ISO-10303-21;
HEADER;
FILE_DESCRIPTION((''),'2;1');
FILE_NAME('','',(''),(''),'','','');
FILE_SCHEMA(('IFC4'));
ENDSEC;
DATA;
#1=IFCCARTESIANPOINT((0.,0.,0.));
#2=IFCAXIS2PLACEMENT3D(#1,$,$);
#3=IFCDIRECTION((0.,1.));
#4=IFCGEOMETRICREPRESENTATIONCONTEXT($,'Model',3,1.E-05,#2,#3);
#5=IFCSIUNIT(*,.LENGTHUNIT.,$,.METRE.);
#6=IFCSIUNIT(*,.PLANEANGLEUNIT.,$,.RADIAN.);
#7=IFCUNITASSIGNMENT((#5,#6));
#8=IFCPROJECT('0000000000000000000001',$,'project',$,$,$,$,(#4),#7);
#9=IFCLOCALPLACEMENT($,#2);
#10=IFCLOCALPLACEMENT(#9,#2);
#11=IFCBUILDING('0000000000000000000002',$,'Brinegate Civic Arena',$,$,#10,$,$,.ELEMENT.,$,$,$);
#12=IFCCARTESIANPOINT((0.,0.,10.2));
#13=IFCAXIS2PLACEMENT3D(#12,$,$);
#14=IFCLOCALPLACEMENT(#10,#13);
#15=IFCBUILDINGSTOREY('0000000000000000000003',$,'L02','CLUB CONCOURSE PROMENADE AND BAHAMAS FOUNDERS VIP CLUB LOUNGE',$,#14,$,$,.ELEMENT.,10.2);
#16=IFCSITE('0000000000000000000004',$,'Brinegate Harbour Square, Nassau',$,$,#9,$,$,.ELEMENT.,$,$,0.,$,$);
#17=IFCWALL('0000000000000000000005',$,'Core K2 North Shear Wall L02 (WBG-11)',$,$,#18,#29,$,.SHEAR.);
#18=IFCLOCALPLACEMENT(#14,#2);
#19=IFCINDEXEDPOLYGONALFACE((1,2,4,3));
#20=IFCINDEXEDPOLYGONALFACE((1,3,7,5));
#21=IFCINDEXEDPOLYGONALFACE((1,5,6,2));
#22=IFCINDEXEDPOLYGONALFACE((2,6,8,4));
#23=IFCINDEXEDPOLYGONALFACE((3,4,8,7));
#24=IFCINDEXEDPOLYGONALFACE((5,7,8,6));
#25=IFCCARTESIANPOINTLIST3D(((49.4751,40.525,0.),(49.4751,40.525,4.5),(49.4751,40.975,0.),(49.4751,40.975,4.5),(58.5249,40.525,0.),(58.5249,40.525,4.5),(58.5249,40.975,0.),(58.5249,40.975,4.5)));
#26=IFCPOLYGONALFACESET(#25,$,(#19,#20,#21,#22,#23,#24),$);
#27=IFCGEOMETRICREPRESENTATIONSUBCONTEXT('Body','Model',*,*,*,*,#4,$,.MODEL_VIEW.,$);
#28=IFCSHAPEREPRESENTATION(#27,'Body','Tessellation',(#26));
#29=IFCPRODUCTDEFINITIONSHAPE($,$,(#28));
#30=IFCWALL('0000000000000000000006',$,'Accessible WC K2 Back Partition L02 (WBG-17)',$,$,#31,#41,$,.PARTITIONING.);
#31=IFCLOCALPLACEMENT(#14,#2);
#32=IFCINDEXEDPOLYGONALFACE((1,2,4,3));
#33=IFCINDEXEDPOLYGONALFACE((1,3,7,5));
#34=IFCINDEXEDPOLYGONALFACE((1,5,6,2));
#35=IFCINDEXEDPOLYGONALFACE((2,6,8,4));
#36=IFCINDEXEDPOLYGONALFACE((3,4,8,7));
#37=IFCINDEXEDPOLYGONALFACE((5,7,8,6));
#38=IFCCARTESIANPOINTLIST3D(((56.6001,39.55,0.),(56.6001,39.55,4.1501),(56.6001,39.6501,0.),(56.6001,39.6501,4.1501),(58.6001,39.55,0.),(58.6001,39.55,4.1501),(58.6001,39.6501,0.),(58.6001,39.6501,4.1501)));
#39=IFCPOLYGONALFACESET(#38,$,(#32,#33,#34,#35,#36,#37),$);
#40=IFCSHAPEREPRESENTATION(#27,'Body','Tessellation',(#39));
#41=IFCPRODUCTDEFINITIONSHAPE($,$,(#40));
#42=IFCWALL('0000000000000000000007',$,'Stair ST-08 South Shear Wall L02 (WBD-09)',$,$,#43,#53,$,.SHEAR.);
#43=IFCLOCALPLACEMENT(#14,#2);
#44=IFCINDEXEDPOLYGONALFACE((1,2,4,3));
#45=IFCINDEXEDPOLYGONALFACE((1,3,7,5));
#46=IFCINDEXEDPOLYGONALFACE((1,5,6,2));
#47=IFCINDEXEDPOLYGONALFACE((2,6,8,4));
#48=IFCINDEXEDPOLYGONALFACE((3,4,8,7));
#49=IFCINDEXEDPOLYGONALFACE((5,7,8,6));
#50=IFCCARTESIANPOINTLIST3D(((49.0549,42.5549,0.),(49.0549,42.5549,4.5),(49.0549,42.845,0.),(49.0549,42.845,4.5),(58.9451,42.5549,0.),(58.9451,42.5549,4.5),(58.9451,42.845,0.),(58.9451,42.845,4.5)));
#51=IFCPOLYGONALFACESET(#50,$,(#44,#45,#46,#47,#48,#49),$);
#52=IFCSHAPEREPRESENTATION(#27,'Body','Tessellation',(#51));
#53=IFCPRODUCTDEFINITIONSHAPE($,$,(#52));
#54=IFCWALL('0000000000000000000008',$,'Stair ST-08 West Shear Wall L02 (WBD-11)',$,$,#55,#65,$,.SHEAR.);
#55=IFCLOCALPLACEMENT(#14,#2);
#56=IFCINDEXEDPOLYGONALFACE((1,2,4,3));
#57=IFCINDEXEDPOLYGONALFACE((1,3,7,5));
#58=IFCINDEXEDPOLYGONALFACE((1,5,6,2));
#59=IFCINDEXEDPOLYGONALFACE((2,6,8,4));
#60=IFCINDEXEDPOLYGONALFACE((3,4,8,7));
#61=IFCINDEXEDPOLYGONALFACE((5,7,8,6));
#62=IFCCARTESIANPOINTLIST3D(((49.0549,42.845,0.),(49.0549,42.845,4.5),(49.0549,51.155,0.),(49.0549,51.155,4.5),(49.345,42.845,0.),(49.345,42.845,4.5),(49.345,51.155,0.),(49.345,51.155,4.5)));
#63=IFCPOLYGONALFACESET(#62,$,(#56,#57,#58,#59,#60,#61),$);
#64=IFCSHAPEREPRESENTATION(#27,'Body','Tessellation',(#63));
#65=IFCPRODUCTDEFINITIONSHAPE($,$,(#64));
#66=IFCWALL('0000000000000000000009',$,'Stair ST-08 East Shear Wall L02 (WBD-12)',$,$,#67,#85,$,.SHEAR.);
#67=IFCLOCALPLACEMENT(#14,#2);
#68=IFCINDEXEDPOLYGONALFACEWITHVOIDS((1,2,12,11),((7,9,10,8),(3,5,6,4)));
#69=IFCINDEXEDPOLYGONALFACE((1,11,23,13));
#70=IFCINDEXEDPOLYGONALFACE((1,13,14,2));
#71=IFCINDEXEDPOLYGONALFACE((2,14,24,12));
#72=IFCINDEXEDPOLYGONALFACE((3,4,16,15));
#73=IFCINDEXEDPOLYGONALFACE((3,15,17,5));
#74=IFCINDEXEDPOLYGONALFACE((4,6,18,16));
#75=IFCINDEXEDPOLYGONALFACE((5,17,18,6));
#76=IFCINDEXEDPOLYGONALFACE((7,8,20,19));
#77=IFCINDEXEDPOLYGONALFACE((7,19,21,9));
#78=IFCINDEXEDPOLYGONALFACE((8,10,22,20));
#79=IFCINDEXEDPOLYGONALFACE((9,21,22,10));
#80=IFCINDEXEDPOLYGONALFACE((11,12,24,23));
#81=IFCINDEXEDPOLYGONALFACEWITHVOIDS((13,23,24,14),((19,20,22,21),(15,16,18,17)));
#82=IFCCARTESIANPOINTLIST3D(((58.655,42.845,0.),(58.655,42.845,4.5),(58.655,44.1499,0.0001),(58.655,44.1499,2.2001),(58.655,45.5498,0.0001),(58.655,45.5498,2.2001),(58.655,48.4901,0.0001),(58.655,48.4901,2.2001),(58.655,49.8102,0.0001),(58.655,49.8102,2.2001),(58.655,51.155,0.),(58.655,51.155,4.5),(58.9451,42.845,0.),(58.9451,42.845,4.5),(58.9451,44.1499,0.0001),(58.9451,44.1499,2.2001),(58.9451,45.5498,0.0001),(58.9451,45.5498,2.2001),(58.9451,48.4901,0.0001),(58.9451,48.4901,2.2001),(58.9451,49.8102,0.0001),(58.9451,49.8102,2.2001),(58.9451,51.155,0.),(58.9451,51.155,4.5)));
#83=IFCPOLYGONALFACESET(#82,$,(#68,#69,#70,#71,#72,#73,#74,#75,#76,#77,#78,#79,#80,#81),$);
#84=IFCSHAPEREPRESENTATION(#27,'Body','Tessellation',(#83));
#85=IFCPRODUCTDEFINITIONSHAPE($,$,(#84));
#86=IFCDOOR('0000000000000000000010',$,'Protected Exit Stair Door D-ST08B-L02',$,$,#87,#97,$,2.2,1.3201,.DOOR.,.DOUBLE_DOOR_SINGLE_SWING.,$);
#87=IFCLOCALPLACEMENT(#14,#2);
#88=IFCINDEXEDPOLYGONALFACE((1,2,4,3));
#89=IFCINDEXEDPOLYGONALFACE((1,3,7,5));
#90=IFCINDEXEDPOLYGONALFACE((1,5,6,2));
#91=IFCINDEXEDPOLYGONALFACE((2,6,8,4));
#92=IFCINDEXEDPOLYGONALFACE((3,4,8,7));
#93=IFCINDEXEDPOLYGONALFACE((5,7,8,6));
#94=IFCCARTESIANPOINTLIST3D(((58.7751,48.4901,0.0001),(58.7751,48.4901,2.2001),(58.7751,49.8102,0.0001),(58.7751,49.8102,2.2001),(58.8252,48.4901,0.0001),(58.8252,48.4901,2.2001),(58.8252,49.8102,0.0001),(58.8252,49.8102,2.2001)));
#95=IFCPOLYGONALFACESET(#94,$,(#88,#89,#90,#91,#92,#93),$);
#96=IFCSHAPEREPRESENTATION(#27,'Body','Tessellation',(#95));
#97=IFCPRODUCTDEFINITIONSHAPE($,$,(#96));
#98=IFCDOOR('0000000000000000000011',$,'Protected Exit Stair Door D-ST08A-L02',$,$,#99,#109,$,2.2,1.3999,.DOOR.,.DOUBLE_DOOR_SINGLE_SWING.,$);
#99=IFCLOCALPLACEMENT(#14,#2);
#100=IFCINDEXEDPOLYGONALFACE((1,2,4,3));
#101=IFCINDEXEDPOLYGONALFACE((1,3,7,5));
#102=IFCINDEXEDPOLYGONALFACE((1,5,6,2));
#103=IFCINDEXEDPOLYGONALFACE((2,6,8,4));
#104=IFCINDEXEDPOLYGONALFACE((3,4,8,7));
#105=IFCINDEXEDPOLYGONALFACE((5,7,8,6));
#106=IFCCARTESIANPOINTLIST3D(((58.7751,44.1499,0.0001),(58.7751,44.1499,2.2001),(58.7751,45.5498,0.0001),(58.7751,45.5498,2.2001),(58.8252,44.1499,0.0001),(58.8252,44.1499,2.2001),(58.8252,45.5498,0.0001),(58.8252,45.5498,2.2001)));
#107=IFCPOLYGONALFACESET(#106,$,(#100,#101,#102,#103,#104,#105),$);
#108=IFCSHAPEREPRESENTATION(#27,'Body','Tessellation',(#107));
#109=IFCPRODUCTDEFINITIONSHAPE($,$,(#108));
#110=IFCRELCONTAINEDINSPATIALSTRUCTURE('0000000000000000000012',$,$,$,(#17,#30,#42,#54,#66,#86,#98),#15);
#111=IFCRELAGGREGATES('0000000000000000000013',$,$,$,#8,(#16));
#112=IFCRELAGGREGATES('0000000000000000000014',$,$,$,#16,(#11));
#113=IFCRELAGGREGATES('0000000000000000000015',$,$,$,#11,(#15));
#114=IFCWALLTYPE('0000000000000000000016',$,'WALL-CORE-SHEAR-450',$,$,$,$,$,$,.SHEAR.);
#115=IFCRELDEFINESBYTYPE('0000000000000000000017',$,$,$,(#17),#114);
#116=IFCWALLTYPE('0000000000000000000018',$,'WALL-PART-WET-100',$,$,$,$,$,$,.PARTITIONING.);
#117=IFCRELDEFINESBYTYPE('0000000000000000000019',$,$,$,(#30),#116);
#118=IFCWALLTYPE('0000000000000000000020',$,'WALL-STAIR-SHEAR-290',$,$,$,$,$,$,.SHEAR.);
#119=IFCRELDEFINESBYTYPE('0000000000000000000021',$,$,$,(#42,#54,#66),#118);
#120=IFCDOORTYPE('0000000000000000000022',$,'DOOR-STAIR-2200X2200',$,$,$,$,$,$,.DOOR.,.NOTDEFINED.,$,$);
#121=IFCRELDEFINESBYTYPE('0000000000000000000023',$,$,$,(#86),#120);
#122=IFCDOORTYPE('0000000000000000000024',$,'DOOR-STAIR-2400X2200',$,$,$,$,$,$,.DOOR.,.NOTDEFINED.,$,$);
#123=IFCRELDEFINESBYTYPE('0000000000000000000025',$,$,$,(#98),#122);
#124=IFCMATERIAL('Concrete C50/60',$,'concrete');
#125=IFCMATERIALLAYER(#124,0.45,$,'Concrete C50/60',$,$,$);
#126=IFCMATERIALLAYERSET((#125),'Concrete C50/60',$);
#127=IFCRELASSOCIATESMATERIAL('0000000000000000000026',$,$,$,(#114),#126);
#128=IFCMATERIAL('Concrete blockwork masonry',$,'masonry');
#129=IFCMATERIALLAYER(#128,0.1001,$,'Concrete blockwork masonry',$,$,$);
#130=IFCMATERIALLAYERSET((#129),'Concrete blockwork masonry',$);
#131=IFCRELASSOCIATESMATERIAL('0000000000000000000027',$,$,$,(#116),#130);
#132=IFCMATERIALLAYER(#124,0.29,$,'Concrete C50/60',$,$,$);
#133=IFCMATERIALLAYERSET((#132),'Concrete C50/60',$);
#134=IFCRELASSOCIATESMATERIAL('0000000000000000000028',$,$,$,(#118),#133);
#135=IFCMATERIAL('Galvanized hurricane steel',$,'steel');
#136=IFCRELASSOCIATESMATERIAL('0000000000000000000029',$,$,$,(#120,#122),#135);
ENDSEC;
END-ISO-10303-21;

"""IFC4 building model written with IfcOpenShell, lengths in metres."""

from ifc_helpers import new_model, si_unit, direction, frame, frame_2d, origin, place, context, subcontext, project, spatial, rectangle, extrude, material, layer, layer_set, type_object, element, fill, save


model = new_model("IFC4")

# Units and contexts
model_context = context("Model", 3, precision=1e-05, world=origin(), true_north=direction((0.0, 1.0)))
body_context = subcontext(model_context, "Body", "Model", "MODEL_VIEW")
ifc_project = project(units=[si_unit("LENGTHUNIT", "METRE"), si_unit("PLANEANGLEUNIT", "RADIAN")], contexts=[model_context])

# Site, building, storey
site_placement = place(None, origin())
site = spatial("IfcSite", under=ifc_project, at=site_placement, Name="Brinegate Harbour Square, Nassau", CompositionType="ELEMENT", RefElevation=0.0)
building_placement = place(site_placement, origin())
building = spatial("IfcBuilding", under=site, at=building_placement, Name="Brinegate Civic Arena", CompositionType="ELEMENT")
storey_placement = place(building_placement, frame((0.0, 0.0, 10.2)))
storey = spatial("IfcBuildingStorey", under=building, at=storey_placement, Name="L02", Description="CLUB CONCOURSE PROMENADE AND BAHAMAS FOUNDERS VIP CLUB LOUNGE", CompositionType="ELEMENT", Elevation=10.2)

# Shared definitions
ifc_material_1 = material(Name="Concrete C50/60", Category="concrete")

# Walls
ifc_layer_1 = layer(ifc_material_1, 0.45, Name="Concrete C50/60")
ifc_layer_set_1 = layer_set([ifc_layer_1], Name="Concrete C50/60")
wall_type_1 = type_object("IfcWallType", Name="WALL-CORE-SHEAR-450", PredefinedType="SHEAR", material=ifc_layer_set_1)
wall_1_placement = place(storey_placement, frame((49.4751, 40.75, 0.0), z_axis=(0.0, 0.0, 1.0), x_axis=(1.0, 0.0, 0.0)))
element("IfcWall", 1, at=wall_1_placement, inside=storey, type_object=wall_type_1, Name="Core K2 North Shear Wall L02 (WBG-11)", PredefinedType="SHEAR", context=body_context, shape_type="SweptSolid", body=[
    extrude(rectangle(XDim=9.0498, YDim=0.45, at=frame_2d((4.5249, 0.0))), origin(), (0.0, 0.0, 1.0), 4.5),
])
ifc_material_2 = material(Name="Concrete blockwork masonry", Category="masonry")
ifc_layer_2 = layer(ifc_material_2, 0.1001, Name="Concrete blockwork masonry")
ifc_layer_set_2 = layer_set([ifc_layer_2], Name="Concrete blockwork masonry")
wall_type_2 = type_object("IfcWallType", Name="WALL-PART-WET-100", PredefinedType="PARTITIONING", material=ifc_layer_set_2)
wall_2_placement = place(storey_placement, frame((56.6001, 39.6001, 0.0), z_axis=(0.0, 0.0, 1.0), x_axis=(1.0, 0.0, 0.0)))
element("IfcWall", 2, at=wall_2_placement, inside=storey, type_object=wall_type_2, Name="Accessible WC K2 Back Partition L02 (WBG-17)", PredefinedType="PARTITIONING", context=body_context, shape_type="SweptSolid", body=[
    extrude(rectangle(XDim=2.0, YDim=0.1001, at=frame_2d((1.0, 0.0))), origin(), (0.0, 0.0, 1.0), 4.1501),
])
ifc_layer_3 = layer(ifc_material_1, 0.29, Name="Concrete C50/60")
ifc_layer_set_3 = layer_set([ifc_layer_3], Name="Concrete C50/60")
wall_type_3 = type_object("IfcWallType", Name="WALL-STAIR-SHEAR-290", PredefinedType="SHEAR", material=ifc_layer_set_3)
wall_3_placement = place(storey_placement, frame((49.0549, 42.7, 0.0), z_axis=(0.0, 0.0, 1.0), x_axis=(1.0, 0.0, 0.0)))
element("IfcWall", 3, at=wall_3_placement, inside=storey, type_object=wall_type_3, Name="Stair ST-08 South Shear Wall L02 (WBD-09)", PredefinedType="SHEAR", context=body_context, shape_type="SweptSolid", body=[
    extrude(rectangle(XDim=9.8901, YDim=0.29, at=frame_2d((4.9451, 0.0))), origin(), (0.0, 0.0, 1.0), 4.5),
])
wall_4_placement = place(storey_placement, frame((49.2, 42.845, 0.0), z_axis=(0.0, 0.0, 1.0), x_axis=(0.0, 1.0, 0.0)))
element("IfcWall", 4, at=wall_4_placement, inside=storey, type_object=wall_type_3, Name="Stair ST-08 West Shear Wall L02 (WBD-11)", PredefinedType="SHEAR", context=body_context, shape_type="SweptSolid", body=[
    extrude(rectangle(XDim=8.3101, YDim=0.29, at=frame_2d((4.155, 0.0))), origin(), (0.0, 0.0, 1.0), 4.5),
])

# Wall, openings, doors
wall_5_placement = place(storey_placement, frame((58.8, 42.845, 0.0), z_axis=(0.0, 0.0, 1.0), x_axis=(0.0, 1.0, 0.0)))
wall_5 = element("IfcWall", 5, at=wall_5_placement, inside=storey, type_object=wall_type_3, Name="Stair ST-08 East Shear Wall L02 (WBD-12)", PredefinedType="SHEAR", context=body_context, shape_type="SweptSolid", body=[
    extrude(rectangle(XDim=8.3101, YDim=0.29, at=frame_2d((4.155, 0.0))), origin(), (0.0, 0.0, 1.0), 4.5),
])
opening_1_placement = place(wall_5_placement, frame((1.3049, 0.0, 0.0)))
opening_1 = element("IfcOpeningElement", 6, at=opening_1_placement, cuts=wall_5, PredefinedType="OPENING", context=body_context, shape_type="SweptSolid", body=[
    extrude(rectangle(XDim=1.3999, YDim=2.2, at=frame_2d((0.7, 1.1001))), frame((0.0, 0.155, 0.0), z_axis=(0.0, -1.0, 0.0), x_axis=(1.0, 0.0, 0.0)), (0.0, 0.0, 1.0), 0.3101),
])
opening_2_placement = place(wall_5_placement, frame((5.645, 0.0, 0.0)))
opening_2 = element("IfcOpeningElement", 7, at=opening_2_placement, cuts=wall_5, PredefinedType="OPENING", context=body_context, shape_type="SweptSolid", body=[
    extrude(rectangle(XDim=1.3201, YDim=2.2, at=frame_2d((0.6602, 1.1001))), frame((0.0, 0.155, 0.0), z_axis=(0.0, -1.0, 0.0), x_axis=(1.0, 0.0, 0.0)), (0.0, 0.0, 1.0), 0.3101),
])
ifc_material_3 = material(Name="Galvanized hurricane steel", Category="steel")
door_type_1 = type_object("IfcDoorType", Name="DOOR-STAIR-2200X2200", OperationType="NOTDEFINED", PredefinedType="DOOR", material=ifc_material_3)
door_1_placement = place(opening_2_placement, origin())
door_1 = element("IfcDoor", 8, at=door_1_placement, inside=storey, type_object=door_type_1, Name="Protected Exit Stair Door D-ST08B-L02", OperationType="DOUBLE_DOOR_SINGLE_SWING", OverallHeight=2.2, OverallWidth=1.3201, PredefinedType="DOOR", context=body_context, shape_type="SweptSolid", body=[
    extrude(rectangle(XDim=1.3201, YDim=2.2, at=frame_2d((0.6602, 1.1001))), frame((0.0, 0.0249, 0.0), z_axis=(0.0, -1.0, 0.0), x_axis=(1.0, 0.0, 0.0)), (0.0, 0.0, 1.0), 0.05),
])
fill(opening_2, door_1)
door_type_2 = type_object("IfcDoorType", Name="DOOR-STAIR-2400X2200", OperationType="NOTDEFINED", PredefinedType="DOOR", material=ifc_material_3)
door_2_placement = place(opening_1_placement, origin())
door_2 = element("IfcDoor", 9, at=door_2_placement, inside=storey, type_object=door_type_2, Name="Protected Exit Stair Door D-ST08A-L02", OperationType="DOUBLE_DOOR_SINGLE_SWING", OverallHeight=2.2, OverallWidth=1.3999, PredefinedType="DOOR", context=body_context, shape_type="SweptSolid", body=[
    extrude(rectangle(XDim=1.3999, YDim=2.2, at=frame_2d((0.7, 1.1001))), frame((0.0, 0.0249, 0.0), z_axis=(0.0, -1.0, 0.0), x_axis=(1.0, 0.0, 0.0)), (0.0, 0.0, 1.0), 0.05),
])
fill(opening_1, door_2)

save(model, "model.ifc")
